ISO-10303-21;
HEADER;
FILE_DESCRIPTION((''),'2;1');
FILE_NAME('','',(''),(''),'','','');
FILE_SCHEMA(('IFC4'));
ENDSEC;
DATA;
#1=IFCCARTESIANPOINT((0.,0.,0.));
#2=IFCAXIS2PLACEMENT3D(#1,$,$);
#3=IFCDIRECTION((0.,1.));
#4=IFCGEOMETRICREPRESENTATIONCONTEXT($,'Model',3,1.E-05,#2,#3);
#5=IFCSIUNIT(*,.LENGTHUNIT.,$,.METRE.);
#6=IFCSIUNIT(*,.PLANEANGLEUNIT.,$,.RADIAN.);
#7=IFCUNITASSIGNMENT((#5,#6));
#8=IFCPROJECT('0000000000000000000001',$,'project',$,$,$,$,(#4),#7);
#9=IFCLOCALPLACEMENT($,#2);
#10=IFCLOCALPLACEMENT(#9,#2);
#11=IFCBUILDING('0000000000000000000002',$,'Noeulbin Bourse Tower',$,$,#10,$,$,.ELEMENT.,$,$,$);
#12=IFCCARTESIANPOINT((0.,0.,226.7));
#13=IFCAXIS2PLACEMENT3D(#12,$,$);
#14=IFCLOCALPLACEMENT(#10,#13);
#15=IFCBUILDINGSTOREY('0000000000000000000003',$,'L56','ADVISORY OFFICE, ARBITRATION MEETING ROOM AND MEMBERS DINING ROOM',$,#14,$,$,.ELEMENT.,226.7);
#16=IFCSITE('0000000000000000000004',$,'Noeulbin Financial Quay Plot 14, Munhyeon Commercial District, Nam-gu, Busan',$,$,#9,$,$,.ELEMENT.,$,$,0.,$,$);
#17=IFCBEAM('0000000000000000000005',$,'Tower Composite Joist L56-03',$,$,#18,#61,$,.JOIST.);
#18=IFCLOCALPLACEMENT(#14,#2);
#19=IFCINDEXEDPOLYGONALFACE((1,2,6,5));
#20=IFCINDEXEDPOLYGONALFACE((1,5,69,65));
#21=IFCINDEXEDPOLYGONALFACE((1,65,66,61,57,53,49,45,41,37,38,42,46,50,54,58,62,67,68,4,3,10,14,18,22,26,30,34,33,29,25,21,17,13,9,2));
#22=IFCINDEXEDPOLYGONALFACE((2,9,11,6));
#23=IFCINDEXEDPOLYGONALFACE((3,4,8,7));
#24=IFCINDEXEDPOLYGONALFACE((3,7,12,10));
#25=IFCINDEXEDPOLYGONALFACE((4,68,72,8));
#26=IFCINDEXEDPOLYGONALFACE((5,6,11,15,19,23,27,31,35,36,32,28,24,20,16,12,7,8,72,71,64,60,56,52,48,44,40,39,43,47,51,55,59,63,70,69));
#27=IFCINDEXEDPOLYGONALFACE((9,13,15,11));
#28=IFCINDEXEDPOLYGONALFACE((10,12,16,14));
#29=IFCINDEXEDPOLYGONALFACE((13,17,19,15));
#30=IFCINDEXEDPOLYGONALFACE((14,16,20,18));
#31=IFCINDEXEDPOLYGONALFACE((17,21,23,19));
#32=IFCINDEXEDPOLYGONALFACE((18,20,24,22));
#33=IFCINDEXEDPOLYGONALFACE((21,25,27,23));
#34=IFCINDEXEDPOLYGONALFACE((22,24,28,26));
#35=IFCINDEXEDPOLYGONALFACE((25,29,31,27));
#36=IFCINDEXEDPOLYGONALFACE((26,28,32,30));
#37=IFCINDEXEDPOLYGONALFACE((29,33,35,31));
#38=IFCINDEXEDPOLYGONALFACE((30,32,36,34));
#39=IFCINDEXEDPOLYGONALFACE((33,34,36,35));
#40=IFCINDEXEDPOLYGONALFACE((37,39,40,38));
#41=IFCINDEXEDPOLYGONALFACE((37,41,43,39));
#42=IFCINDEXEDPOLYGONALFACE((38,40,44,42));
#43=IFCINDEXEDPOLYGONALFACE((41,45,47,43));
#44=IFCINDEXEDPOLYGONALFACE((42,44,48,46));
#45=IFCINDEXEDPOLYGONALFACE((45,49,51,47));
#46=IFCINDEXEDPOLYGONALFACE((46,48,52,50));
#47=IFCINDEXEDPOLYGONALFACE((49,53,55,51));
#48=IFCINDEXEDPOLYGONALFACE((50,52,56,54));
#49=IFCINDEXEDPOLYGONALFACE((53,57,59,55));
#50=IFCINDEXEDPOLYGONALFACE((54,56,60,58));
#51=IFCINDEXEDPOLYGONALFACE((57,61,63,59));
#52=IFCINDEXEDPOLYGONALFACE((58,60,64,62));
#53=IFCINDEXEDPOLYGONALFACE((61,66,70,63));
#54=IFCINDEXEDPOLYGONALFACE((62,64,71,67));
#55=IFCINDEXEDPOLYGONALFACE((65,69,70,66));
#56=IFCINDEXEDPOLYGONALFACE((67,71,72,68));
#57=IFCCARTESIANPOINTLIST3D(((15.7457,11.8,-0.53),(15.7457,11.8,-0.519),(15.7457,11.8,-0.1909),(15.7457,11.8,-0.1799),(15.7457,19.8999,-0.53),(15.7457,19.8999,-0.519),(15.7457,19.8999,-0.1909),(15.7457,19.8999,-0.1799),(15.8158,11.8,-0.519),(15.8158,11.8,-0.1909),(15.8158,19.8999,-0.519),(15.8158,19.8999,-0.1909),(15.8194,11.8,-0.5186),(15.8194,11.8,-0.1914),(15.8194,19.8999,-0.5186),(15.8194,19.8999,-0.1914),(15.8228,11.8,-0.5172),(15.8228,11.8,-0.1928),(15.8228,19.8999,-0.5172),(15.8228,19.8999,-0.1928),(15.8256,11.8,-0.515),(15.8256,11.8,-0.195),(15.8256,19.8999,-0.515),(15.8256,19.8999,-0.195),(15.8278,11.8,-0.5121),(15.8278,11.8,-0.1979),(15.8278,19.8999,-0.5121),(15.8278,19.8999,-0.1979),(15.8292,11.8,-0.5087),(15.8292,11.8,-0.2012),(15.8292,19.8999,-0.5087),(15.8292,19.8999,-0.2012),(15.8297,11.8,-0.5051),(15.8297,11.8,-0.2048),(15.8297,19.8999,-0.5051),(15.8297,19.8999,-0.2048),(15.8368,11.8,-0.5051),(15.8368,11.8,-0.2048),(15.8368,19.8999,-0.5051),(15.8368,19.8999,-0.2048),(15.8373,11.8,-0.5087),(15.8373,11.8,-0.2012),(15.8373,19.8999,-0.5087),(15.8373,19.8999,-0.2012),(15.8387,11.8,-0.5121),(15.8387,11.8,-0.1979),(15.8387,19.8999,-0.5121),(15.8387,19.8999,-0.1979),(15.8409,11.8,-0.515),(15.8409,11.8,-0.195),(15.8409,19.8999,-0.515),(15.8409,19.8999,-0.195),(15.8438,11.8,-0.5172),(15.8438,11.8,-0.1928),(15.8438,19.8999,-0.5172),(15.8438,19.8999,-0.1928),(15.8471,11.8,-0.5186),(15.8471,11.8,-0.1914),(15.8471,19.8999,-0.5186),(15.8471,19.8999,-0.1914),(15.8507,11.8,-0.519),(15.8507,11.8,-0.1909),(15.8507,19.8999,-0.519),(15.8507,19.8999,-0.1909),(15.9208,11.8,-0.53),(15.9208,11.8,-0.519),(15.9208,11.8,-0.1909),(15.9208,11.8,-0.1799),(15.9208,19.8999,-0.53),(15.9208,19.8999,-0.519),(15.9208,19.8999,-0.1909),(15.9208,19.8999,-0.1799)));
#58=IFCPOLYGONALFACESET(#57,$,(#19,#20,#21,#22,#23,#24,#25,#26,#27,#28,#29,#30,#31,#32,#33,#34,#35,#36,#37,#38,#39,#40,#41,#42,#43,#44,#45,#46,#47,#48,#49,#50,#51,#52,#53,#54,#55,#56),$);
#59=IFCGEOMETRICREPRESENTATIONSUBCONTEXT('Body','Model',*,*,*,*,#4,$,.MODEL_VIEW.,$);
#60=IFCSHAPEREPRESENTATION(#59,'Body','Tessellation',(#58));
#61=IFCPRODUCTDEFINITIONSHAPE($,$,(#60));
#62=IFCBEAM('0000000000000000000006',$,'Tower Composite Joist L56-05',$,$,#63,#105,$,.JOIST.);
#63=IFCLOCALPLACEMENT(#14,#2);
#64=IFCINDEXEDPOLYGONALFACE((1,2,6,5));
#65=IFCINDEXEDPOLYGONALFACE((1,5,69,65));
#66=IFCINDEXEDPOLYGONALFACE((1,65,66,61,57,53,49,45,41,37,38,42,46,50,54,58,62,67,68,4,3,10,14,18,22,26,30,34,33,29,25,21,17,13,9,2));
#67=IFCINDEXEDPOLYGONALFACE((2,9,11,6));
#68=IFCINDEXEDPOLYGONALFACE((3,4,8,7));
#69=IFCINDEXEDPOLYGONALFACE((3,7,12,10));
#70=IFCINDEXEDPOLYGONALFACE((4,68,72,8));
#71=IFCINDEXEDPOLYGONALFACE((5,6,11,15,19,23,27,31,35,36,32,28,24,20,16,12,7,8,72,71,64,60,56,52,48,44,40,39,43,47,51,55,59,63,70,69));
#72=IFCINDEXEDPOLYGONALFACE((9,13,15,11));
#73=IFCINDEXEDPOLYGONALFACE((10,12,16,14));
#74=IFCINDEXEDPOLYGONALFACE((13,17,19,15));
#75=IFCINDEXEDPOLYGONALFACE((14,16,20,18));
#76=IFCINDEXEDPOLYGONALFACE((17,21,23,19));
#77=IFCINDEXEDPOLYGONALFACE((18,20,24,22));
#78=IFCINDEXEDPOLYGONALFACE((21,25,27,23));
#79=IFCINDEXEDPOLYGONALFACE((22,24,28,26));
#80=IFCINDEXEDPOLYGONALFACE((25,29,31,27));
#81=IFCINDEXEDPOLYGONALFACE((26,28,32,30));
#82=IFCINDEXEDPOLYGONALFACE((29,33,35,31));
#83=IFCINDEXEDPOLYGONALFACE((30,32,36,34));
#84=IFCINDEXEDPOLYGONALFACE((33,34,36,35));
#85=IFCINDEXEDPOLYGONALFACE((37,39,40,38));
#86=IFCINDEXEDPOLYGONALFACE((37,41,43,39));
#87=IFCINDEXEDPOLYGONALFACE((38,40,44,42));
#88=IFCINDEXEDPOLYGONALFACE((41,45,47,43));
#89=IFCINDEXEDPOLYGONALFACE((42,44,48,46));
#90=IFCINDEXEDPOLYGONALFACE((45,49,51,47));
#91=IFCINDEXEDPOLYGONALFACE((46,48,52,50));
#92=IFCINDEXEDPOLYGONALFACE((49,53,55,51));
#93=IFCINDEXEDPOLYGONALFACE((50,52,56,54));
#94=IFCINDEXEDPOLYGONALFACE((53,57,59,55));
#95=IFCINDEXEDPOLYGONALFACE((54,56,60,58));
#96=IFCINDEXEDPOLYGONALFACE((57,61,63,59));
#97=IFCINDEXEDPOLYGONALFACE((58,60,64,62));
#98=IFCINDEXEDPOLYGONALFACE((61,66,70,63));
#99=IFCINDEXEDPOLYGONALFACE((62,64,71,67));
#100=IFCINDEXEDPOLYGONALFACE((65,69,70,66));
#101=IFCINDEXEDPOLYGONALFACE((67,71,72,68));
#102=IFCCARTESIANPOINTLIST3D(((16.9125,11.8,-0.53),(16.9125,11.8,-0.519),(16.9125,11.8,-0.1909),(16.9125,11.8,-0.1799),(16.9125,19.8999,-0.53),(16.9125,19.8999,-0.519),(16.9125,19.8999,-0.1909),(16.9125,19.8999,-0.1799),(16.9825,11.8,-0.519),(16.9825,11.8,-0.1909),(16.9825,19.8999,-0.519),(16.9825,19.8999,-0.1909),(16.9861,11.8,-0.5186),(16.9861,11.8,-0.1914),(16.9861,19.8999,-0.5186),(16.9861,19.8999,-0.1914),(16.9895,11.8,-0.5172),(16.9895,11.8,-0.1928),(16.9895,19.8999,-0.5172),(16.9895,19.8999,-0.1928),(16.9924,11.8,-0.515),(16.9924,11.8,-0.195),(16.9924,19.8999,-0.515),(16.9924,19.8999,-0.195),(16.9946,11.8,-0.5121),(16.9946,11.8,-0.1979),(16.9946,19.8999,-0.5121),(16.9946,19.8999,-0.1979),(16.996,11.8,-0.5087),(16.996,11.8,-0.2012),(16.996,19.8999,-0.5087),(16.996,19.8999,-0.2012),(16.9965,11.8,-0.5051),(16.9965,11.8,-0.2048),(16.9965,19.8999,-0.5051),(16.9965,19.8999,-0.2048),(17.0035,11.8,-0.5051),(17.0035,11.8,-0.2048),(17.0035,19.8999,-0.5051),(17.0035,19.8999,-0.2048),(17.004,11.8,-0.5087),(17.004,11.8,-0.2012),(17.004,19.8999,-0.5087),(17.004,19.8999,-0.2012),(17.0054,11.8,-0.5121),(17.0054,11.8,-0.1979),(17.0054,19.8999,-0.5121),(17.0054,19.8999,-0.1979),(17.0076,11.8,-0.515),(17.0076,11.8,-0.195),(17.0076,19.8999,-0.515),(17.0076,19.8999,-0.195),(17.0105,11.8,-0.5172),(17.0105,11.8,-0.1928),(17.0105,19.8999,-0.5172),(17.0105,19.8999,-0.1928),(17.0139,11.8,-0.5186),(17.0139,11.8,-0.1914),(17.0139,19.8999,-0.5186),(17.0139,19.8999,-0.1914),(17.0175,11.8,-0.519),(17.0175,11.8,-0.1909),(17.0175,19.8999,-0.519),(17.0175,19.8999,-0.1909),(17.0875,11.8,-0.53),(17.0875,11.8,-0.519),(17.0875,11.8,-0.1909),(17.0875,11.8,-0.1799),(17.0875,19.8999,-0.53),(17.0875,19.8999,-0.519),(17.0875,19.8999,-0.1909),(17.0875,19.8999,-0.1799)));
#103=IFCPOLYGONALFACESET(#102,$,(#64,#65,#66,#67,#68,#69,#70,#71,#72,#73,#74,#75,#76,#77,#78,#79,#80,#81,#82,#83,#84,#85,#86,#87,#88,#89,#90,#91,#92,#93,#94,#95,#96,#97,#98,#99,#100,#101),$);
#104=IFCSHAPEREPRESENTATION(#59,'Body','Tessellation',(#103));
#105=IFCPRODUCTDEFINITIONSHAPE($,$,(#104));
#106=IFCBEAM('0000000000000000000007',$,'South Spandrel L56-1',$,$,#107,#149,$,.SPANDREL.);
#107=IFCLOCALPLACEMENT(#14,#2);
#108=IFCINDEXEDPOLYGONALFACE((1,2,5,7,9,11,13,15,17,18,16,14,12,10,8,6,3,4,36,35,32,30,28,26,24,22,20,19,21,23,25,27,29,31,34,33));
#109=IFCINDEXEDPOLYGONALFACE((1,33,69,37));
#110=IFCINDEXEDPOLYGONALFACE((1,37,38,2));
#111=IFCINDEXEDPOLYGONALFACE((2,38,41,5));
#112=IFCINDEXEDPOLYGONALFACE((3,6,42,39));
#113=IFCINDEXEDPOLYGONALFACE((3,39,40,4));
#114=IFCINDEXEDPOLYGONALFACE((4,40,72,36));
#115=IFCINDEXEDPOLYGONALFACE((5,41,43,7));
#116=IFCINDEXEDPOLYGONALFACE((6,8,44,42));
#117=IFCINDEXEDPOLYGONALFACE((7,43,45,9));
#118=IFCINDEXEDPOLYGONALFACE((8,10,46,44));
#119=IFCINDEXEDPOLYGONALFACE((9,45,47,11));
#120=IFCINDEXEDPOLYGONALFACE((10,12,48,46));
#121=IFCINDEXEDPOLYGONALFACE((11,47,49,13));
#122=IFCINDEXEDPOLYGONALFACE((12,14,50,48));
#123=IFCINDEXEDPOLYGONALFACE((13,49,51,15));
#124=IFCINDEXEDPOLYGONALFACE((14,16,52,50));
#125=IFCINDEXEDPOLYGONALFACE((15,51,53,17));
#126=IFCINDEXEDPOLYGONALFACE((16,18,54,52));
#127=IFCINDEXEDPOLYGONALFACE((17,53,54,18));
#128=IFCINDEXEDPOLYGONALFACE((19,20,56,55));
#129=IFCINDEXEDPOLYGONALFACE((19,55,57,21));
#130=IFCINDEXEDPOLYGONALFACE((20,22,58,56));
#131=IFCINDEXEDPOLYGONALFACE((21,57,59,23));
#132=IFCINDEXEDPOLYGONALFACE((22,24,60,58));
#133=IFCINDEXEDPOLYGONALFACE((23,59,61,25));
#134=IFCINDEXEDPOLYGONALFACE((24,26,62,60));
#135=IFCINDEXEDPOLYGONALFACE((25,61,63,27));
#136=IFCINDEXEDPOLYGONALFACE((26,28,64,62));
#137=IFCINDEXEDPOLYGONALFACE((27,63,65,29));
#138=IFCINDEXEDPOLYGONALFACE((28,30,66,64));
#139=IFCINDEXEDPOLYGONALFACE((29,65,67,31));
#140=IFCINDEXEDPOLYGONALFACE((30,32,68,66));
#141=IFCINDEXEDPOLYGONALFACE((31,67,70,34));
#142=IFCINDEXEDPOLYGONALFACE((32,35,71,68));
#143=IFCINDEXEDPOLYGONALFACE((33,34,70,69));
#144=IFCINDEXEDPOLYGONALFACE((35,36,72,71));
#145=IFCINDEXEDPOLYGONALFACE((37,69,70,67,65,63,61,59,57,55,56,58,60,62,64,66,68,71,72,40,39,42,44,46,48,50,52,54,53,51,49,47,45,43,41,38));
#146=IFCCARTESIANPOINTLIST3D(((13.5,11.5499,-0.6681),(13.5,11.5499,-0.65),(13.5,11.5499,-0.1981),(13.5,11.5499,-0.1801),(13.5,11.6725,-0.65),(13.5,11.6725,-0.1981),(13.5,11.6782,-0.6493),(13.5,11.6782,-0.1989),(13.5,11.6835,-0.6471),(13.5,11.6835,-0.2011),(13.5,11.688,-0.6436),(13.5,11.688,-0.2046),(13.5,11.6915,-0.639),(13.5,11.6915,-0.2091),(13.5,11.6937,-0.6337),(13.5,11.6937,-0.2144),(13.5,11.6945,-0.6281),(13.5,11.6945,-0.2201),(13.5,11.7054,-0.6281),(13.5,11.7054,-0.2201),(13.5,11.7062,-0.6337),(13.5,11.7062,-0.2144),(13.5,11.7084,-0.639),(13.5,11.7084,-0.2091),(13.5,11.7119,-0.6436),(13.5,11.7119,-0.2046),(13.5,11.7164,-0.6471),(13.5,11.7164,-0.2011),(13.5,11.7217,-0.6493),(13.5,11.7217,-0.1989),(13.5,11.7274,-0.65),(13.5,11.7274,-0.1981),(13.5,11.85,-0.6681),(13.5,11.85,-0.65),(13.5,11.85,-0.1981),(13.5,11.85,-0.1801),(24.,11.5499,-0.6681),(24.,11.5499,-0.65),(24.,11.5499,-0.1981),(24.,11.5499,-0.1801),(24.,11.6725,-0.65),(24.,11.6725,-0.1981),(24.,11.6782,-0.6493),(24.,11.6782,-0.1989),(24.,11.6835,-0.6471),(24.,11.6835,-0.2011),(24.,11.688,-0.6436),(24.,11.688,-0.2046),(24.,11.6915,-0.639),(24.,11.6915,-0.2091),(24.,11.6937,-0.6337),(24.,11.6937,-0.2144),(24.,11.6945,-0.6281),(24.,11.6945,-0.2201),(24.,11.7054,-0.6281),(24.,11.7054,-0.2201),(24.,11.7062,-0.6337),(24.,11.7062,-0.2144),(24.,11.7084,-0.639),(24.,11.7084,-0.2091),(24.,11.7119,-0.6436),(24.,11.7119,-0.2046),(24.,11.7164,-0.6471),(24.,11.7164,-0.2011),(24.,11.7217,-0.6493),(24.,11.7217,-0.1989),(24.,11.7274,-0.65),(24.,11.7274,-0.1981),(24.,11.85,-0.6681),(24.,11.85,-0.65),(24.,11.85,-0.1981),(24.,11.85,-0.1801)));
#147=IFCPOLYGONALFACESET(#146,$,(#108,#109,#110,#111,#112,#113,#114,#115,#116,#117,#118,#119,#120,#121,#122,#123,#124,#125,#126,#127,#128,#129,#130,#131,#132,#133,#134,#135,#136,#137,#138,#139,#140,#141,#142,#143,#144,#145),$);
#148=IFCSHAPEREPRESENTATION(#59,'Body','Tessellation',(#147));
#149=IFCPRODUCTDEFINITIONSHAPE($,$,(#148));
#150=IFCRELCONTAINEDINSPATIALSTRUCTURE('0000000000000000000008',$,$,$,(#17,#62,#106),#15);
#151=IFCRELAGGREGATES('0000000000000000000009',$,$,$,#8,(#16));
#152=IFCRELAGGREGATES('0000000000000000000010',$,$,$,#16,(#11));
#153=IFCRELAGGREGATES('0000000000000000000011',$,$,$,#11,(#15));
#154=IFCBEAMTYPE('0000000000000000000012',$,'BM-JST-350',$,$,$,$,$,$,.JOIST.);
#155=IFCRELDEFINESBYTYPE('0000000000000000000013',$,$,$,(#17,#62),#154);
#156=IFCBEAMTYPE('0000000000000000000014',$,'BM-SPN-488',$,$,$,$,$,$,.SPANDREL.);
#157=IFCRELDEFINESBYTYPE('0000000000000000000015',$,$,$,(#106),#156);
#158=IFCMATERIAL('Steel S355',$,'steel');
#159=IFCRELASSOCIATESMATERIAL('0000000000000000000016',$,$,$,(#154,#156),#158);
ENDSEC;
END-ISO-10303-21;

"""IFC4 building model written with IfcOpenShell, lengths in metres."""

from ifc_helpers import new_model, si_unit, direction, frame, origin, origin_2d, place, context, subcontext, project, spatial, i_section, extrude, material, material_profile, profile_set, type_object, element, save


model = new_model("IFC4")

# Units and contexts
model_context = context("Model", 3, precision=1e-05, world=origin(), true_north=direction((0.0, 1.0)))
body_context = subcontext(model_context, "Body", "Model", "MODEL_VIEW")
ifc_project = project(units=[si_unit("LENGTHUNIT", "METRE"), si_unit("PLANEANGLEUNIT", "RADIAN")], contexts=[model_context])

# Site, building, storey
site_placement = place(None, origin())
site = spatial("IfcSite", under=ifc_project, at=site_placement, Name="Noeulbin Financial Quay Plot 14, Munhyeon Commercial District, Nam-gu, Busan", CompositionType="ELEMENT", RefElevation=0.0)
building_placement = place(site_placement, origin())
building = spatial("IfcBuilding", under=site, at=building_placement, Name="Noeulbin Bourse Tower", CompositionType="ELEMENT")
storey_placement = place(building_placement, frame((0.0, 0.0, 226.7)))
storey = spatial("IfcBuildingStorey", under=building, at=storey_placement, Name="L56", Description="ADVISORY OFFICE, ARBITRATION MEETING ROOM AND MEMBERS DINING ROOM", CompositionType="ELEMENT", Elevation=226.7)

# Shared definitions
ifc_material_1 = material(Name="Steel S355", Category="steel")

# Beams
ifc_material_profile_1 = material_profile(ifc_material_1, i_section(OverallWidth=0.175, OverallDepth=0.3501, WebThickness=0.0071, FlangeThickness=0.011, FilletRadius=0.0139, at=origin_2d()), Name="H-350x175x7x11", Category="LoadBearing")
ifc_profile_set_1 = profile_set([ifc_material_profile_1], Name="Steel S355")
beam_type_1 = type_object("IfcBeamType", Name="BM-JST-350", PredefinedType="JOIST", material=ifc_profile_set_1)
for number, where, z_axis, x_axis, name in (
    (1, (15.8333, 11.8, -0.355), (0.0, 1.0, 0.0), (-1.0, 0.0, 0.0), "Tower Composite Joist L56-03"),
    (2, (17.0, 11.8, -0.355), (0.0, 1.0, 0.0), (-1.0, 0.0, 0.0), "Tower Composite Joist L56-05"),
):
    element("IfcBeam", number, at=place(storey_placement, frame(where, z_axis=z_axis, x_axis=x_axis)), inside=storey, type_object=beam_type_1, Name=name, PredefinedType="JOIST", context=body_context, shape_type="SweptSolid", body=[
        extrude(i_section(OverallWidth=0.175, OverallDepth=0.3501, WebThickness=0.0071, FlangeThickness=0.011, FilletRadius=0.0139, at=origin_2d()), origin(), (0.0, 0.0, 1.0), 8.0999),
    ])
ifc_material_profile_2 = material_profile(ifc_material_1, i_section(OverallWidth=0.3, OverallDepth=0.488, WebThickness=0.011, FlangeThickness=0.0181, FilletRadius=0.022, at=origin_2d()), Name="H-488x300x11x18", Category="LoadBearing")
ifc_profile_set_2 = profile_set([ifc_material_profile_2], Name="Steel S355")
beam_type_2 = type_object("IfcBeamType", Name="BM-SPN-488", PredefinedType="SPANDREL", material=ifc_profile_set_2)
beam_1_placement = place(storey_placement, frame((13.5, 11.7, -0.4241), z_axis=(1.0, 0.0, 0.0), x_axis=(0.0, 1.0, 0.0)))
element("IfcBeam", 3, at=beam_1_placement, inside=storey, type_object=beam_type_2, Name="South Spandrel L56-1", PredefinedType="SPANDREL", context=body_context, shape_type="SweptSolid", body=[
    extrude(i_section(OverallWidth=0.3, OverallDepth=0.488, WebThickness=0.011, FlangeThickness=0.0181, FilletRadius=0.022, at=origin_2d()), origin(), (0.0, 0.0, 1.0), 10.5),
])

save(model, "model.ifc")
